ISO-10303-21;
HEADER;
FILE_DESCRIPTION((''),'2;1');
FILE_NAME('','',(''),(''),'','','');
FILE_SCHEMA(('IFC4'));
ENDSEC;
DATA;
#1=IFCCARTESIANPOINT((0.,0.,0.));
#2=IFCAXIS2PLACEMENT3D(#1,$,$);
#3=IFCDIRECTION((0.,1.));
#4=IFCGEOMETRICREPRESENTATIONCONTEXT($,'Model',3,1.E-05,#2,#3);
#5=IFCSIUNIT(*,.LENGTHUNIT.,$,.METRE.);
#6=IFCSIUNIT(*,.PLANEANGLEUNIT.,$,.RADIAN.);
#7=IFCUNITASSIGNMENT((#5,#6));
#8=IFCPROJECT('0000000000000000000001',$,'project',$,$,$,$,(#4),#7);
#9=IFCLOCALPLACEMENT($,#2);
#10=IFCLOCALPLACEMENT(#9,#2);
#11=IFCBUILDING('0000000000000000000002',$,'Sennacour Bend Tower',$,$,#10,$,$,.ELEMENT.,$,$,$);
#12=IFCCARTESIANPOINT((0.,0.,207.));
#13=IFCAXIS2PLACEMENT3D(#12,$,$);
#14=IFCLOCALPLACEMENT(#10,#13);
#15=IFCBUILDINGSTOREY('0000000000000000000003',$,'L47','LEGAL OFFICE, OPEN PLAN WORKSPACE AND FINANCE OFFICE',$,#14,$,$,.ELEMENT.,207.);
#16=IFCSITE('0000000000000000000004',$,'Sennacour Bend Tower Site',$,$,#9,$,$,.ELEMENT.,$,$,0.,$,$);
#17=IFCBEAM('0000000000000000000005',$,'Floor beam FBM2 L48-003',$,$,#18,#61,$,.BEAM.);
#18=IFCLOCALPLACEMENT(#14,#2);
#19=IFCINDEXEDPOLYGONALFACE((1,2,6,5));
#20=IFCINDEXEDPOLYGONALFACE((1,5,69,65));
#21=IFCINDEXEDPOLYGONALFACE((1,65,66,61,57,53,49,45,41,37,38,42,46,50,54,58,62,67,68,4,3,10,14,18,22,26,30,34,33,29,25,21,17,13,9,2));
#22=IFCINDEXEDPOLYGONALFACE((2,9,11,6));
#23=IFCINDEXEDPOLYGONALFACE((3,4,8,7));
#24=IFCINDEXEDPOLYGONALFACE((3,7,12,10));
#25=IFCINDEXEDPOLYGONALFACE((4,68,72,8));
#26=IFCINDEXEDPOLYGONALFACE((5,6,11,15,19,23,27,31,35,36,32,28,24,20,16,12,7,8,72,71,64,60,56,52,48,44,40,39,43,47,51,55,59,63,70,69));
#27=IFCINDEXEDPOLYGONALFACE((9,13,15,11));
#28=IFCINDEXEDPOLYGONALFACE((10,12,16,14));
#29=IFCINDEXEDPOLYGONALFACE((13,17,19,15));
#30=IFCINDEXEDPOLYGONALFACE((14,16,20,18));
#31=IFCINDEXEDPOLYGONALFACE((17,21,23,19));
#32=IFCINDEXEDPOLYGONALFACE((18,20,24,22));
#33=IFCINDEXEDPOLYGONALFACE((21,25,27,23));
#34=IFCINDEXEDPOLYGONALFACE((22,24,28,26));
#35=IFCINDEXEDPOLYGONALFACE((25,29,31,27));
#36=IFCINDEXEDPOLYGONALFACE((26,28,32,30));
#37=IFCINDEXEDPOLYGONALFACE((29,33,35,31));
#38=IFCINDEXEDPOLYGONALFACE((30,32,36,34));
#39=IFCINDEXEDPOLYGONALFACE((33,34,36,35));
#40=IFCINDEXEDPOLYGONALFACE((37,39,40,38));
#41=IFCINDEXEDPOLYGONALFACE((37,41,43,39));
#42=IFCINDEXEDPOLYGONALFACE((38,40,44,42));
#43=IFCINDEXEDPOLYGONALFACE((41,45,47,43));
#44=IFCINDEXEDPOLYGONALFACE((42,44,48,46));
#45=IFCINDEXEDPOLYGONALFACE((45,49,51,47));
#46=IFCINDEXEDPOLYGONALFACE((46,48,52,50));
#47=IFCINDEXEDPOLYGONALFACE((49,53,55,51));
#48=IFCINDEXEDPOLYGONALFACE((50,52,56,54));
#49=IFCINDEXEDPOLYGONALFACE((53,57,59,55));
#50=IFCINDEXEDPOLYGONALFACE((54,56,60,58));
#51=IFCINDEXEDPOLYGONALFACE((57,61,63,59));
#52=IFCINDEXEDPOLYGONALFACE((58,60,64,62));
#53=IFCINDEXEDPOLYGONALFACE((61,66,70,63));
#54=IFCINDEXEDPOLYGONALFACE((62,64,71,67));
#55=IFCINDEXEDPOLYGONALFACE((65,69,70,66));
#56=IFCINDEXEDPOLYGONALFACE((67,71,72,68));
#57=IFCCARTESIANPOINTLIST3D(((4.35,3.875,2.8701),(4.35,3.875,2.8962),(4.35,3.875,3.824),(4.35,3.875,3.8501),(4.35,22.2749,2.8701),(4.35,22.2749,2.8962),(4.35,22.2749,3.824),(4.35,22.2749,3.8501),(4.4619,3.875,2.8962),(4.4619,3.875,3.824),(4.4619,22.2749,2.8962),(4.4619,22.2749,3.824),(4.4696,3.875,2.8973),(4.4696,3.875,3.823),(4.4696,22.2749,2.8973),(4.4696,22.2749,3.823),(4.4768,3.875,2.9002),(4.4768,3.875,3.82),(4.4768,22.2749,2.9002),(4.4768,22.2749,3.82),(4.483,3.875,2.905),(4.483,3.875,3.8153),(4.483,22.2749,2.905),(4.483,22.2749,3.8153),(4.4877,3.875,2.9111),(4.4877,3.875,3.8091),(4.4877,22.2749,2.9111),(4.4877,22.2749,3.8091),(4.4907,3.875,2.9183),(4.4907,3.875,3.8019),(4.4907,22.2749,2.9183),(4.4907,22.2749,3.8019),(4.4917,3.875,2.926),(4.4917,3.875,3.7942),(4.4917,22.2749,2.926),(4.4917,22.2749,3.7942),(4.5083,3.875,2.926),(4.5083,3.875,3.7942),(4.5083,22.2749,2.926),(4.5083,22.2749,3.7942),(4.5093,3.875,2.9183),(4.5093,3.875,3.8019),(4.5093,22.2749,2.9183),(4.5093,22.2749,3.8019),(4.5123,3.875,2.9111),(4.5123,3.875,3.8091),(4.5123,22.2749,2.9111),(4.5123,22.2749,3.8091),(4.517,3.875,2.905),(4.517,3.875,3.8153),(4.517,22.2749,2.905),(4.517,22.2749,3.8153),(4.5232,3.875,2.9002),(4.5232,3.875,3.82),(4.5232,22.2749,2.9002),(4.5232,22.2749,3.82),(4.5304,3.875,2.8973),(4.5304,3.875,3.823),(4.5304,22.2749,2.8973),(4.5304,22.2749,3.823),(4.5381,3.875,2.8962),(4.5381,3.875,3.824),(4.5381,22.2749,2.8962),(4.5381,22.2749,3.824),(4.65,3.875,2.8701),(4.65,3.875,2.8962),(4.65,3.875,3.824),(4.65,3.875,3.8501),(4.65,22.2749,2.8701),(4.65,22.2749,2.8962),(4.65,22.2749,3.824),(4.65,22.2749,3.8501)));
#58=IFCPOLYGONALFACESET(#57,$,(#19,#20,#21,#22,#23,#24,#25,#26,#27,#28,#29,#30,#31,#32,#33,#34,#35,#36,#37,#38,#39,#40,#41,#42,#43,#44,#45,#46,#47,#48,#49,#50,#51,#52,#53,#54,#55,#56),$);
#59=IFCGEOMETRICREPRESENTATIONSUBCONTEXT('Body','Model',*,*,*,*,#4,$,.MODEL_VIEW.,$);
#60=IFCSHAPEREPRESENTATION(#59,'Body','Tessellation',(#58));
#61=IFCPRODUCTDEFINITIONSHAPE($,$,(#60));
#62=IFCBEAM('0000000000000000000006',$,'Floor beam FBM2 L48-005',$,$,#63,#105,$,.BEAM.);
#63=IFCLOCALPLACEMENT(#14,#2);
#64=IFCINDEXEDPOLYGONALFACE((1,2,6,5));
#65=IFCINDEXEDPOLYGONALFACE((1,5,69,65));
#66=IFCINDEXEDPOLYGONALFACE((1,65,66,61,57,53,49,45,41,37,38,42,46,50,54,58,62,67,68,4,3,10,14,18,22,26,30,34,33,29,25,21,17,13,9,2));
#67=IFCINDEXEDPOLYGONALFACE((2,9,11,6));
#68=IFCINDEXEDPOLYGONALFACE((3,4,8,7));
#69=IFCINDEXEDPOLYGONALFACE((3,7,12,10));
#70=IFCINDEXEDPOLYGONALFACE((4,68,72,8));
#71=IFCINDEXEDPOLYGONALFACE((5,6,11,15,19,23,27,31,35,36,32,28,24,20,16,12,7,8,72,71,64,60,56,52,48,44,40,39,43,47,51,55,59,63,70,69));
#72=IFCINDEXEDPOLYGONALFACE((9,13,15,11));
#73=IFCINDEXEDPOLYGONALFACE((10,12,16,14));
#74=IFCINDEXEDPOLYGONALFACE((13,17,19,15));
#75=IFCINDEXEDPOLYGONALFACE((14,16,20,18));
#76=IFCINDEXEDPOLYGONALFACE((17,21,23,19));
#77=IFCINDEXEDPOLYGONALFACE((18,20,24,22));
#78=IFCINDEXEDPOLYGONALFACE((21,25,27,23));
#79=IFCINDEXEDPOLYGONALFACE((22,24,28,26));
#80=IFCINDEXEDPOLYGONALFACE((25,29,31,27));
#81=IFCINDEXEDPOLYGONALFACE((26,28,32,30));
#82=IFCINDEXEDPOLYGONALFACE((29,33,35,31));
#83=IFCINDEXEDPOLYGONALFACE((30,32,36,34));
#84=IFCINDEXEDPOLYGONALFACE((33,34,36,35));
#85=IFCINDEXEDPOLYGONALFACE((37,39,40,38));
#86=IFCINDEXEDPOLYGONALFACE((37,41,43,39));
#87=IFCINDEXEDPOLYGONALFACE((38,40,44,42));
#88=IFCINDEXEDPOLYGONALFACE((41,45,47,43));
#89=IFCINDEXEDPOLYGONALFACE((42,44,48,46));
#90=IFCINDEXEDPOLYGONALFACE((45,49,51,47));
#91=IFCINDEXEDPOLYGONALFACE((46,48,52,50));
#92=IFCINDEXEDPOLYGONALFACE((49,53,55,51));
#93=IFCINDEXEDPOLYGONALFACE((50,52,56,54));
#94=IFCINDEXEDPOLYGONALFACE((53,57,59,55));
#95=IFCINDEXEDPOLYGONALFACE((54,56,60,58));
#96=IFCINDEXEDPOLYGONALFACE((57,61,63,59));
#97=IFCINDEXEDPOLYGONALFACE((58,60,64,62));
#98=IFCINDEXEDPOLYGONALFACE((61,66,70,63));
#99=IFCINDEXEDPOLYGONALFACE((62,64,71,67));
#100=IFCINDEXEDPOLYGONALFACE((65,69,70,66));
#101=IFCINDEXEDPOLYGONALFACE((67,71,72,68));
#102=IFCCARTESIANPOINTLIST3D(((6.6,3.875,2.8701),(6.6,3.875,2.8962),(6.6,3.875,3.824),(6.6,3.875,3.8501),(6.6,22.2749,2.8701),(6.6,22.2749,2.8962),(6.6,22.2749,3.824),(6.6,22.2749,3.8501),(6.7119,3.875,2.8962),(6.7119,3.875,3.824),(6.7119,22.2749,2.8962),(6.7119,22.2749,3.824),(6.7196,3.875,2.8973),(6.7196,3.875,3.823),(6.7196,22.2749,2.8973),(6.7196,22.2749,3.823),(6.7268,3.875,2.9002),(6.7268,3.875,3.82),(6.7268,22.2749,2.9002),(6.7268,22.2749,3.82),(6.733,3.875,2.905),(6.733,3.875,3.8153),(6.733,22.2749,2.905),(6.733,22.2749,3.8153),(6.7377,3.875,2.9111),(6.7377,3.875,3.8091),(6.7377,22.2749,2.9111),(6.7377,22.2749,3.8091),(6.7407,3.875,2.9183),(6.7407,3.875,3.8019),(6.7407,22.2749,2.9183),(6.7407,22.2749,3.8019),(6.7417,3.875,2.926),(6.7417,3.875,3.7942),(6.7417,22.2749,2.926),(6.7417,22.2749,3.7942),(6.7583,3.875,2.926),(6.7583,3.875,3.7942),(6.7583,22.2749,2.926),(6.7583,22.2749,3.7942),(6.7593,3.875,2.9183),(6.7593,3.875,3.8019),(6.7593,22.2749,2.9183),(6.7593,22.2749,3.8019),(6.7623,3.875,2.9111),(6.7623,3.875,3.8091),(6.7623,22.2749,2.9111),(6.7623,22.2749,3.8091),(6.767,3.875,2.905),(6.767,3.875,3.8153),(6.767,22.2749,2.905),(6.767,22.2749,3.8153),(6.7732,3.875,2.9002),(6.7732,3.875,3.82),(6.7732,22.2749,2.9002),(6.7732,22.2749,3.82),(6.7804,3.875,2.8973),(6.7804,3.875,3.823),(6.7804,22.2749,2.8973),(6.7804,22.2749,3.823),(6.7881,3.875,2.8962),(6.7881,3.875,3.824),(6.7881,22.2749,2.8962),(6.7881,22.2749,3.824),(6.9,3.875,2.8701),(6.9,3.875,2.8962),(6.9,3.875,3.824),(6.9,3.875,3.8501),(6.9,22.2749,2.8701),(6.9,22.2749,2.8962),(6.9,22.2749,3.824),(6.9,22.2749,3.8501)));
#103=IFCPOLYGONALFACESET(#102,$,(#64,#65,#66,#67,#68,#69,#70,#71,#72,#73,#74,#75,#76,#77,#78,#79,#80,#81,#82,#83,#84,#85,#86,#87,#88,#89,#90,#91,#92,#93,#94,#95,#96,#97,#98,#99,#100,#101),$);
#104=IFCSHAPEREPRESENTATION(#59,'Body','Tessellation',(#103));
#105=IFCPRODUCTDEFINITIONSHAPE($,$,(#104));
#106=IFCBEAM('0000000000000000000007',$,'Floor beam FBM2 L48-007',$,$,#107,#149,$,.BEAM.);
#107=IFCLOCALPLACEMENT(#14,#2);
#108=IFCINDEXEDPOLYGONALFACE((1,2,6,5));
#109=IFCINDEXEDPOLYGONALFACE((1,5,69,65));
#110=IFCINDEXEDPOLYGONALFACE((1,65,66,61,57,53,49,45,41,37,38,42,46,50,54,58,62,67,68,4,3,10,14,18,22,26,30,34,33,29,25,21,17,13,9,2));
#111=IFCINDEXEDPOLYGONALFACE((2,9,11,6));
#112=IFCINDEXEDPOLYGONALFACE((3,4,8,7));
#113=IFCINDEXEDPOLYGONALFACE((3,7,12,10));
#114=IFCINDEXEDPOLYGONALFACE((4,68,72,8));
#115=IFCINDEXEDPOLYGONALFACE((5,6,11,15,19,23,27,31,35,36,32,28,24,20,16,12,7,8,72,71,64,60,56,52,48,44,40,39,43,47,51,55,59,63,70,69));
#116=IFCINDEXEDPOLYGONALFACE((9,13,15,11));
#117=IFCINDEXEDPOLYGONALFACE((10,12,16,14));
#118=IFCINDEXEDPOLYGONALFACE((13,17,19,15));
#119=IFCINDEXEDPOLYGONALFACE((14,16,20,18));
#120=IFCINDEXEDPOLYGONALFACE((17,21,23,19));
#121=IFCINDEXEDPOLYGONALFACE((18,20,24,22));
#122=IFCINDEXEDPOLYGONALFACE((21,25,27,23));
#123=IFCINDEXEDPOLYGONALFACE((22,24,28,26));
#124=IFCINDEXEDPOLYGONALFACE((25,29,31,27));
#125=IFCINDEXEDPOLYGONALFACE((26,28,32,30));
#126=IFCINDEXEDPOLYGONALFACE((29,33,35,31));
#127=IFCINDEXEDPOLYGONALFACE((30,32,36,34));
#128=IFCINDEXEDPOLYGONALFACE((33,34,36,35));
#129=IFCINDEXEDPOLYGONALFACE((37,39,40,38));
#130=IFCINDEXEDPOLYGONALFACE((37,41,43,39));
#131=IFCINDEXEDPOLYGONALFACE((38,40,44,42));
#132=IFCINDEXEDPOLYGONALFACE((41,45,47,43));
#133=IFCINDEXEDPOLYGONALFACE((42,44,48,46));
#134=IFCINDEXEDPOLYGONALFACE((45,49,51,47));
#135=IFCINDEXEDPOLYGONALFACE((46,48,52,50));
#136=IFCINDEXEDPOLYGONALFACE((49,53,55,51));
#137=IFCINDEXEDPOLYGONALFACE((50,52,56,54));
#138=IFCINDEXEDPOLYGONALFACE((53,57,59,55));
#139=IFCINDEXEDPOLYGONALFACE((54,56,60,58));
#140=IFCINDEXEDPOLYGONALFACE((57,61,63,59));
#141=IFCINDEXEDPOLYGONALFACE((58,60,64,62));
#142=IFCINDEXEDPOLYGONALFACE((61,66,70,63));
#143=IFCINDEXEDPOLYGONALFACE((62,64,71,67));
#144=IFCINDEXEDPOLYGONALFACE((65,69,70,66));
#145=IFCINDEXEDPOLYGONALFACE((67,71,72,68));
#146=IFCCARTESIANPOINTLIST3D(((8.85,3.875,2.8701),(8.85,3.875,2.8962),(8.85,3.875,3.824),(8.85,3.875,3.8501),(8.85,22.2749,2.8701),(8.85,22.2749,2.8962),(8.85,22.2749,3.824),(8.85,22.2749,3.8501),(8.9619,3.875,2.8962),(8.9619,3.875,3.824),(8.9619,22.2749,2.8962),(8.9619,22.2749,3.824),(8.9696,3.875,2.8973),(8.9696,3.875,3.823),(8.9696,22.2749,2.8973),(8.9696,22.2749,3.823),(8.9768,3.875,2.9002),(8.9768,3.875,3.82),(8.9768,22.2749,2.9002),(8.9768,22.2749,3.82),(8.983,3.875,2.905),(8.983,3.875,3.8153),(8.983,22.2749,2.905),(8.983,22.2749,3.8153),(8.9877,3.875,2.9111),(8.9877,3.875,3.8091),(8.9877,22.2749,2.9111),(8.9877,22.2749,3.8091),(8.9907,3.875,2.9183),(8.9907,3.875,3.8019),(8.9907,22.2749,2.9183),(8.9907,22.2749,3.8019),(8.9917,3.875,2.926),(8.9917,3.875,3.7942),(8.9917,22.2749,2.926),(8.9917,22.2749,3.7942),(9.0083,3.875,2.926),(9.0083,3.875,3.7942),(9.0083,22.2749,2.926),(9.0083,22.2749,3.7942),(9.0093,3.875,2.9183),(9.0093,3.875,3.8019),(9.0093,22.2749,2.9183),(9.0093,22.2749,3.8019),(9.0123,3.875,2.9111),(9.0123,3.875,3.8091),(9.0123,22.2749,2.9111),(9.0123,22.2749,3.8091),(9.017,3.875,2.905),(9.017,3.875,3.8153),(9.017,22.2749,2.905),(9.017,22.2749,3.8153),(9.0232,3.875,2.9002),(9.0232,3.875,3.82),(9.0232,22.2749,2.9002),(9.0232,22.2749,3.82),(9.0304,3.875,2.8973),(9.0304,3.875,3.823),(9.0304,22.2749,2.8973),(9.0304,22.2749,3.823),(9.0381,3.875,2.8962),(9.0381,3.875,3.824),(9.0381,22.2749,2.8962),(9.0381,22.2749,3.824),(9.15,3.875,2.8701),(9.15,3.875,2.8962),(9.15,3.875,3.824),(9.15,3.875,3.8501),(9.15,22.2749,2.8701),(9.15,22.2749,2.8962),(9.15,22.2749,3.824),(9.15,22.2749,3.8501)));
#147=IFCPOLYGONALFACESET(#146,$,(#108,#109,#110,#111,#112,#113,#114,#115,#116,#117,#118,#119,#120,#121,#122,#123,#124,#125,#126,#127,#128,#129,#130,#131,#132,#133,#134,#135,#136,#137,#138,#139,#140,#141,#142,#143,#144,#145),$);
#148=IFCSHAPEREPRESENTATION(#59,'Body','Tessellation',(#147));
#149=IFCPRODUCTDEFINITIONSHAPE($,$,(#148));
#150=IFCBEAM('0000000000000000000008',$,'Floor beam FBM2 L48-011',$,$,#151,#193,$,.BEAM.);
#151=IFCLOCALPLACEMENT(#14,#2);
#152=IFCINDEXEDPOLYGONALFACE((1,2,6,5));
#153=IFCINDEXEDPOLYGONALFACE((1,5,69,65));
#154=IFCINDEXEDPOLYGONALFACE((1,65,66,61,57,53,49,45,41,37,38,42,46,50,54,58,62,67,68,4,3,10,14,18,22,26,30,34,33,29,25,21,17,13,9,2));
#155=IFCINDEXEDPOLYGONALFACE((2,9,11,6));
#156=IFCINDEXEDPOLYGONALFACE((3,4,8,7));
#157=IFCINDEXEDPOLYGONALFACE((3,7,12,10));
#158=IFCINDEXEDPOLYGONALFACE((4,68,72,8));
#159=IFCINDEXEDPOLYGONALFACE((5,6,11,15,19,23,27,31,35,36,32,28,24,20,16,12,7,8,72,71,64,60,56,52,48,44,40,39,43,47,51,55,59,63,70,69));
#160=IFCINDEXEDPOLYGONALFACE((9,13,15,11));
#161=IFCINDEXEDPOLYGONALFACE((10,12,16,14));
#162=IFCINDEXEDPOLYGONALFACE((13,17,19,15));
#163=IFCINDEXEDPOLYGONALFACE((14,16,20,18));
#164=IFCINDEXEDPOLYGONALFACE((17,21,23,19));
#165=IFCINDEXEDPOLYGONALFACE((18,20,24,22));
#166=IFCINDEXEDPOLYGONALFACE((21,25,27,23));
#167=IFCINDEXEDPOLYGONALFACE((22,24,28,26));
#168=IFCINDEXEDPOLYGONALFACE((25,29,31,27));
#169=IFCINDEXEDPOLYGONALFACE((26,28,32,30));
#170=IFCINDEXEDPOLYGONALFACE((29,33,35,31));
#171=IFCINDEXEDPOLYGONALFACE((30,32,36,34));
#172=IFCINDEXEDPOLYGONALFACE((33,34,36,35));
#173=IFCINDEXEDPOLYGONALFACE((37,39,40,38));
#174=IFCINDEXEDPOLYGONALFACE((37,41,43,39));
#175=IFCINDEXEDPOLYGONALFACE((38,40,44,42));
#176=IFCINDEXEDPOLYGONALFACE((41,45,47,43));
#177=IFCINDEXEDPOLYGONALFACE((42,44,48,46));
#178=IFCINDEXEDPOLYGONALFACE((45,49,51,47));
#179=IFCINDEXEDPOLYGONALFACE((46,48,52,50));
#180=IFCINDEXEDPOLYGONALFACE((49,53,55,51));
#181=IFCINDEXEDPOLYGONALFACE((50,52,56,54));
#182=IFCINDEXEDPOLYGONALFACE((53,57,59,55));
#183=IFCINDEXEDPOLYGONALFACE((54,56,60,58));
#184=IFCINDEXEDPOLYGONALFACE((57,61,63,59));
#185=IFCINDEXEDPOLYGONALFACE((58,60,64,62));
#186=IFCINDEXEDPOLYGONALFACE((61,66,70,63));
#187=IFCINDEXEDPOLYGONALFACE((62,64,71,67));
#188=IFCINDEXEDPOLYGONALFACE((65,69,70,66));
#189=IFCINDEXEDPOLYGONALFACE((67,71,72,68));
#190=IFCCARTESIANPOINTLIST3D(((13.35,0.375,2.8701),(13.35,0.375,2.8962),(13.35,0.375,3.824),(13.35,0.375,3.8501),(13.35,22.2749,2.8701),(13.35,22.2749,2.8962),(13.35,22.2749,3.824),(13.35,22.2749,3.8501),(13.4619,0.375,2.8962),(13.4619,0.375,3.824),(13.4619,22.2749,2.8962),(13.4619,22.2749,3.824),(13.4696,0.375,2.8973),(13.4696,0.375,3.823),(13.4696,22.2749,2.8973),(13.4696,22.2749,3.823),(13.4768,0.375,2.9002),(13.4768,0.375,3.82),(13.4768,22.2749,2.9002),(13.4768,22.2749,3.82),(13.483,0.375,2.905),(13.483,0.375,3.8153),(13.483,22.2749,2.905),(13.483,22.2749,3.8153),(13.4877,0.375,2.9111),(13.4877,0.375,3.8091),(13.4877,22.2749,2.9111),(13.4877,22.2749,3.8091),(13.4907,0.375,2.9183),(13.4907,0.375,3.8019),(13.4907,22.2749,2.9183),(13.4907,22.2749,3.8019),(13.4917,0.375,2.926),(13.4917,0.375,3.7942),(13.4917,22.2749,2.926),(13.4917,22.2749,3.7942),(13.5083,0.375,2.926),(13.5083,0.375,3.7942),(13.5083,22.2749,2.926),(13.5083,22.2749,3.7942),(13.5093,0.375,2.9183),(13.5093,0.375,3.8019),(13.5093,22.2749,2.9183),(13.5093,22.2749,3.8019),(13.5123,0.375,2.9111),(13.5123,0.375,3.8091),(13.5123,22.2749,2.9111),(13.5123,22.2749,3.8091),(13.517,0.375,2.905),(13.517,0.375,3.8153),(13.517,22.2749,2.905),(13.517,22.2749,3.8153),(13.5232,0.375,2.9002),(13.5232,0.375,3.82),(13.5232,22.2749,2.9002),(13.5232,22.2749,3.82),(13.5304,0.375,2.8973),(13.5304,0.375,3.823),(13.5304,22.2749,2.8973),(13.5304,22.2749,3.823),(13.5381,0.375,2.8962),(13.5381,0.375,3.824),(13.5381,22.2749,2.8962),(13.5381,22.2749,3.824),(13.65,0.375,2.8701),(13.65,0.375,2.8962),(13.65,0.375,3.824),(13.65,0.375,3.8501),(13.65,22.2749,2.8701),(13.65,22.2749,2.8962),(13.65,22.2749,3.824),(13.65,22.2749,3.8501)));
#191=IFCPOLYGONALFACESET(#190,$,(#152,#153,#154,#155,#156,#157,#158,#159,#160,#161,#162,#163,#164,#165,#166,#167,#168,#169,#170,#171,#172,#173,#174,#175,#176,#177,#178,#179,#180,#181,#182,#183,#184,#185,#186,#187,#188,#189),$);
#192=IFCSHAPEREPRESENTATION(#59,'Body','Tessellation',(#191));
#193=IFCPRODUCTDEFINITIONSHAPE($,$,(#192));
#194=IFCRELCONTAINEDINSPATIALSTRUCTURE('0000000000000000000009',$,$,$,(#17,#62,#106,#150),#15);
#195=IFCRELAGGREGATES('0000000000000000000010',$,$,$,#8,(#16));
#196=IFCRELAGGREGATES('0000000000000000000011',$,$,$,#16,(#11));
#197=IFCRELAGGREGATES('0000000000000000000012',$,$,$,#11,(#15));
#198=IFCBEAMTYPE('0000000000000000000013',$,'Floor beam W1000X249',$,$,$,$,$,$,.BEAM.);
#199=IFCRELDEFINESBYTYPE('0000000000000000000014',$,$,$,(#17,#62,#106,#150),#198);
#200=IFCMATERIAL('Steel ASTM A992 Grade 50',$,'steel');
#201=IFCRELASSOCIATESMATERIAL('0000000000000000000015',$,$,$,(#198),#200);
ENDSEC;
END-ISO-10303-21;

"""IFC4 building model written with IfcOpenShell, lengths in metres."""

from ifc_helpers import new_model, si_unit, direction, frame, origin, origin_2d, place, context, subcontext, project, spatial, i_section, extrude, material, material_profile, profile_set, type_object, element, save


model = new_model("IFC4")

# Units and contexts
model_context = context("Model", 3, precision=1e-05, world=origin(), true_north=direction((0.0, 1.0)))
body_context = subcontext(model_context, "Body", "Model", "MODEL_VIEW")
ifc_project = project(units=[si_unit("LENGTHUNIT", "METRE"), si_unit("PLANEANGLEUNIT", "RADIAN")], contexts=[model_context])

# Site, building, storey
site_placement = place(None, origin())
site = spatial("IfcSite", under=ifc_project, at=site_placement, Name="Sennacour Bend Tower Site", CompositionType="ELEMENT", RefElevation=0.0)
building_placement = place(site_placement, origin())
building = spatial("IfcBuilding", under=site, at=building_placement, Name="Sennacour Bend Tower", CompositionType="ELEMENT")
storey_placement = place(building_placement, frame((0.0, 0.0, 207.0)))
storey = spatial("IfcBuildingStorey", under=building, at=storey_placement, Name="L47", Description="LEGAL OFFICE, OPEN PLAN WORKSPACE AND FINANCE OFFICE", CompositionType="ELEMENT", Elevation=207.0)

# Beams
ifc_material_1 = material(Name="Steel ASTM A992 Grade 50", Category="steel")
ifc_material_profile = material_profile(ifc_material_1, i_section(OverallWidth=0.3, OverallDepth=0.98, WebThickness=0.0166, FlangeThickness=0.0261, FilletRadius=0.0298, at=origin_2d()), Name="Steel ASTM A992 Grade 50", Category="steel")
ifc_profile_set = profile_set([ifc_material_profile], Name="Steel ASTM A992 Grade 50")
beam_type = type_object("IfcBeamType", Name="Floor beam W1000X249", PredefinedType="BEAM", material=ifc_profile_set)
for number, where, z_axis, x_axis, name in (
    (1, (4.5, 3.875, 3.3601), (0.0, 1.0, 0.0), (-1.0, 0.0, 0.0), "Floor beam FBM2 L48-003"),
    (2, (6.75, 3.875, 3.3601), (0.0, 1.0, 0.0), (-1.0, 0.0, 0.0), "Floor beam FBM2 L48-005"),
    (3, (9.0, 3.875, 3.3601), (0.0, 1.0, 0.0), (-1.0, 0.0, 0.0), "Floor beam FBM2 L48-007"),
):
    element("IfcBeam", number, at=place(storey_placement, frame(where, z_axis=z_axis, x_axis=x_axis)), inside=storey, type_object=beam_type, Name=name, PredefinedType="BEAM", context=body_context, shape_type="SweptSolid", body=[
        extrude(i_section(OverallWidth=0.3, OverallDepth=0.98, WebThickness=0.0166, FlangeThickness=0.0261, FilletRadius=0.0298, at=origin_2d()), origin(), (0.0, 0.0, 1.0), 18.3999),
    ])
for number, where, z_axis, x_axis, name in (
    (4, (13.5, 0.375, 3.3601), (0.0, 1.0, 0.0), (-1.0, 0.0, 0.0), "Floor beam FBM2 L48-011"),
):
    element("IfcBeam", number, at=place(storey_placement, frame(where, z_axis=z_axis, x_axis=x_axis)), inside=storey, type_object=beam_type, Name=name, PredefinedType="BEAM", context=body_context, shape_type="SweptSolid", body=[
        extrude(i_section(OverallWidth=0.3, OverallDepth=0.98, WebThickness=0.0166, FlangeThickness=0.0261, FilletRadius=0.0298, at=origin_2d()), origin(), (0.0, 0.0, 1.0), 21.8999),
    ])

save(model, "model.ifc")
